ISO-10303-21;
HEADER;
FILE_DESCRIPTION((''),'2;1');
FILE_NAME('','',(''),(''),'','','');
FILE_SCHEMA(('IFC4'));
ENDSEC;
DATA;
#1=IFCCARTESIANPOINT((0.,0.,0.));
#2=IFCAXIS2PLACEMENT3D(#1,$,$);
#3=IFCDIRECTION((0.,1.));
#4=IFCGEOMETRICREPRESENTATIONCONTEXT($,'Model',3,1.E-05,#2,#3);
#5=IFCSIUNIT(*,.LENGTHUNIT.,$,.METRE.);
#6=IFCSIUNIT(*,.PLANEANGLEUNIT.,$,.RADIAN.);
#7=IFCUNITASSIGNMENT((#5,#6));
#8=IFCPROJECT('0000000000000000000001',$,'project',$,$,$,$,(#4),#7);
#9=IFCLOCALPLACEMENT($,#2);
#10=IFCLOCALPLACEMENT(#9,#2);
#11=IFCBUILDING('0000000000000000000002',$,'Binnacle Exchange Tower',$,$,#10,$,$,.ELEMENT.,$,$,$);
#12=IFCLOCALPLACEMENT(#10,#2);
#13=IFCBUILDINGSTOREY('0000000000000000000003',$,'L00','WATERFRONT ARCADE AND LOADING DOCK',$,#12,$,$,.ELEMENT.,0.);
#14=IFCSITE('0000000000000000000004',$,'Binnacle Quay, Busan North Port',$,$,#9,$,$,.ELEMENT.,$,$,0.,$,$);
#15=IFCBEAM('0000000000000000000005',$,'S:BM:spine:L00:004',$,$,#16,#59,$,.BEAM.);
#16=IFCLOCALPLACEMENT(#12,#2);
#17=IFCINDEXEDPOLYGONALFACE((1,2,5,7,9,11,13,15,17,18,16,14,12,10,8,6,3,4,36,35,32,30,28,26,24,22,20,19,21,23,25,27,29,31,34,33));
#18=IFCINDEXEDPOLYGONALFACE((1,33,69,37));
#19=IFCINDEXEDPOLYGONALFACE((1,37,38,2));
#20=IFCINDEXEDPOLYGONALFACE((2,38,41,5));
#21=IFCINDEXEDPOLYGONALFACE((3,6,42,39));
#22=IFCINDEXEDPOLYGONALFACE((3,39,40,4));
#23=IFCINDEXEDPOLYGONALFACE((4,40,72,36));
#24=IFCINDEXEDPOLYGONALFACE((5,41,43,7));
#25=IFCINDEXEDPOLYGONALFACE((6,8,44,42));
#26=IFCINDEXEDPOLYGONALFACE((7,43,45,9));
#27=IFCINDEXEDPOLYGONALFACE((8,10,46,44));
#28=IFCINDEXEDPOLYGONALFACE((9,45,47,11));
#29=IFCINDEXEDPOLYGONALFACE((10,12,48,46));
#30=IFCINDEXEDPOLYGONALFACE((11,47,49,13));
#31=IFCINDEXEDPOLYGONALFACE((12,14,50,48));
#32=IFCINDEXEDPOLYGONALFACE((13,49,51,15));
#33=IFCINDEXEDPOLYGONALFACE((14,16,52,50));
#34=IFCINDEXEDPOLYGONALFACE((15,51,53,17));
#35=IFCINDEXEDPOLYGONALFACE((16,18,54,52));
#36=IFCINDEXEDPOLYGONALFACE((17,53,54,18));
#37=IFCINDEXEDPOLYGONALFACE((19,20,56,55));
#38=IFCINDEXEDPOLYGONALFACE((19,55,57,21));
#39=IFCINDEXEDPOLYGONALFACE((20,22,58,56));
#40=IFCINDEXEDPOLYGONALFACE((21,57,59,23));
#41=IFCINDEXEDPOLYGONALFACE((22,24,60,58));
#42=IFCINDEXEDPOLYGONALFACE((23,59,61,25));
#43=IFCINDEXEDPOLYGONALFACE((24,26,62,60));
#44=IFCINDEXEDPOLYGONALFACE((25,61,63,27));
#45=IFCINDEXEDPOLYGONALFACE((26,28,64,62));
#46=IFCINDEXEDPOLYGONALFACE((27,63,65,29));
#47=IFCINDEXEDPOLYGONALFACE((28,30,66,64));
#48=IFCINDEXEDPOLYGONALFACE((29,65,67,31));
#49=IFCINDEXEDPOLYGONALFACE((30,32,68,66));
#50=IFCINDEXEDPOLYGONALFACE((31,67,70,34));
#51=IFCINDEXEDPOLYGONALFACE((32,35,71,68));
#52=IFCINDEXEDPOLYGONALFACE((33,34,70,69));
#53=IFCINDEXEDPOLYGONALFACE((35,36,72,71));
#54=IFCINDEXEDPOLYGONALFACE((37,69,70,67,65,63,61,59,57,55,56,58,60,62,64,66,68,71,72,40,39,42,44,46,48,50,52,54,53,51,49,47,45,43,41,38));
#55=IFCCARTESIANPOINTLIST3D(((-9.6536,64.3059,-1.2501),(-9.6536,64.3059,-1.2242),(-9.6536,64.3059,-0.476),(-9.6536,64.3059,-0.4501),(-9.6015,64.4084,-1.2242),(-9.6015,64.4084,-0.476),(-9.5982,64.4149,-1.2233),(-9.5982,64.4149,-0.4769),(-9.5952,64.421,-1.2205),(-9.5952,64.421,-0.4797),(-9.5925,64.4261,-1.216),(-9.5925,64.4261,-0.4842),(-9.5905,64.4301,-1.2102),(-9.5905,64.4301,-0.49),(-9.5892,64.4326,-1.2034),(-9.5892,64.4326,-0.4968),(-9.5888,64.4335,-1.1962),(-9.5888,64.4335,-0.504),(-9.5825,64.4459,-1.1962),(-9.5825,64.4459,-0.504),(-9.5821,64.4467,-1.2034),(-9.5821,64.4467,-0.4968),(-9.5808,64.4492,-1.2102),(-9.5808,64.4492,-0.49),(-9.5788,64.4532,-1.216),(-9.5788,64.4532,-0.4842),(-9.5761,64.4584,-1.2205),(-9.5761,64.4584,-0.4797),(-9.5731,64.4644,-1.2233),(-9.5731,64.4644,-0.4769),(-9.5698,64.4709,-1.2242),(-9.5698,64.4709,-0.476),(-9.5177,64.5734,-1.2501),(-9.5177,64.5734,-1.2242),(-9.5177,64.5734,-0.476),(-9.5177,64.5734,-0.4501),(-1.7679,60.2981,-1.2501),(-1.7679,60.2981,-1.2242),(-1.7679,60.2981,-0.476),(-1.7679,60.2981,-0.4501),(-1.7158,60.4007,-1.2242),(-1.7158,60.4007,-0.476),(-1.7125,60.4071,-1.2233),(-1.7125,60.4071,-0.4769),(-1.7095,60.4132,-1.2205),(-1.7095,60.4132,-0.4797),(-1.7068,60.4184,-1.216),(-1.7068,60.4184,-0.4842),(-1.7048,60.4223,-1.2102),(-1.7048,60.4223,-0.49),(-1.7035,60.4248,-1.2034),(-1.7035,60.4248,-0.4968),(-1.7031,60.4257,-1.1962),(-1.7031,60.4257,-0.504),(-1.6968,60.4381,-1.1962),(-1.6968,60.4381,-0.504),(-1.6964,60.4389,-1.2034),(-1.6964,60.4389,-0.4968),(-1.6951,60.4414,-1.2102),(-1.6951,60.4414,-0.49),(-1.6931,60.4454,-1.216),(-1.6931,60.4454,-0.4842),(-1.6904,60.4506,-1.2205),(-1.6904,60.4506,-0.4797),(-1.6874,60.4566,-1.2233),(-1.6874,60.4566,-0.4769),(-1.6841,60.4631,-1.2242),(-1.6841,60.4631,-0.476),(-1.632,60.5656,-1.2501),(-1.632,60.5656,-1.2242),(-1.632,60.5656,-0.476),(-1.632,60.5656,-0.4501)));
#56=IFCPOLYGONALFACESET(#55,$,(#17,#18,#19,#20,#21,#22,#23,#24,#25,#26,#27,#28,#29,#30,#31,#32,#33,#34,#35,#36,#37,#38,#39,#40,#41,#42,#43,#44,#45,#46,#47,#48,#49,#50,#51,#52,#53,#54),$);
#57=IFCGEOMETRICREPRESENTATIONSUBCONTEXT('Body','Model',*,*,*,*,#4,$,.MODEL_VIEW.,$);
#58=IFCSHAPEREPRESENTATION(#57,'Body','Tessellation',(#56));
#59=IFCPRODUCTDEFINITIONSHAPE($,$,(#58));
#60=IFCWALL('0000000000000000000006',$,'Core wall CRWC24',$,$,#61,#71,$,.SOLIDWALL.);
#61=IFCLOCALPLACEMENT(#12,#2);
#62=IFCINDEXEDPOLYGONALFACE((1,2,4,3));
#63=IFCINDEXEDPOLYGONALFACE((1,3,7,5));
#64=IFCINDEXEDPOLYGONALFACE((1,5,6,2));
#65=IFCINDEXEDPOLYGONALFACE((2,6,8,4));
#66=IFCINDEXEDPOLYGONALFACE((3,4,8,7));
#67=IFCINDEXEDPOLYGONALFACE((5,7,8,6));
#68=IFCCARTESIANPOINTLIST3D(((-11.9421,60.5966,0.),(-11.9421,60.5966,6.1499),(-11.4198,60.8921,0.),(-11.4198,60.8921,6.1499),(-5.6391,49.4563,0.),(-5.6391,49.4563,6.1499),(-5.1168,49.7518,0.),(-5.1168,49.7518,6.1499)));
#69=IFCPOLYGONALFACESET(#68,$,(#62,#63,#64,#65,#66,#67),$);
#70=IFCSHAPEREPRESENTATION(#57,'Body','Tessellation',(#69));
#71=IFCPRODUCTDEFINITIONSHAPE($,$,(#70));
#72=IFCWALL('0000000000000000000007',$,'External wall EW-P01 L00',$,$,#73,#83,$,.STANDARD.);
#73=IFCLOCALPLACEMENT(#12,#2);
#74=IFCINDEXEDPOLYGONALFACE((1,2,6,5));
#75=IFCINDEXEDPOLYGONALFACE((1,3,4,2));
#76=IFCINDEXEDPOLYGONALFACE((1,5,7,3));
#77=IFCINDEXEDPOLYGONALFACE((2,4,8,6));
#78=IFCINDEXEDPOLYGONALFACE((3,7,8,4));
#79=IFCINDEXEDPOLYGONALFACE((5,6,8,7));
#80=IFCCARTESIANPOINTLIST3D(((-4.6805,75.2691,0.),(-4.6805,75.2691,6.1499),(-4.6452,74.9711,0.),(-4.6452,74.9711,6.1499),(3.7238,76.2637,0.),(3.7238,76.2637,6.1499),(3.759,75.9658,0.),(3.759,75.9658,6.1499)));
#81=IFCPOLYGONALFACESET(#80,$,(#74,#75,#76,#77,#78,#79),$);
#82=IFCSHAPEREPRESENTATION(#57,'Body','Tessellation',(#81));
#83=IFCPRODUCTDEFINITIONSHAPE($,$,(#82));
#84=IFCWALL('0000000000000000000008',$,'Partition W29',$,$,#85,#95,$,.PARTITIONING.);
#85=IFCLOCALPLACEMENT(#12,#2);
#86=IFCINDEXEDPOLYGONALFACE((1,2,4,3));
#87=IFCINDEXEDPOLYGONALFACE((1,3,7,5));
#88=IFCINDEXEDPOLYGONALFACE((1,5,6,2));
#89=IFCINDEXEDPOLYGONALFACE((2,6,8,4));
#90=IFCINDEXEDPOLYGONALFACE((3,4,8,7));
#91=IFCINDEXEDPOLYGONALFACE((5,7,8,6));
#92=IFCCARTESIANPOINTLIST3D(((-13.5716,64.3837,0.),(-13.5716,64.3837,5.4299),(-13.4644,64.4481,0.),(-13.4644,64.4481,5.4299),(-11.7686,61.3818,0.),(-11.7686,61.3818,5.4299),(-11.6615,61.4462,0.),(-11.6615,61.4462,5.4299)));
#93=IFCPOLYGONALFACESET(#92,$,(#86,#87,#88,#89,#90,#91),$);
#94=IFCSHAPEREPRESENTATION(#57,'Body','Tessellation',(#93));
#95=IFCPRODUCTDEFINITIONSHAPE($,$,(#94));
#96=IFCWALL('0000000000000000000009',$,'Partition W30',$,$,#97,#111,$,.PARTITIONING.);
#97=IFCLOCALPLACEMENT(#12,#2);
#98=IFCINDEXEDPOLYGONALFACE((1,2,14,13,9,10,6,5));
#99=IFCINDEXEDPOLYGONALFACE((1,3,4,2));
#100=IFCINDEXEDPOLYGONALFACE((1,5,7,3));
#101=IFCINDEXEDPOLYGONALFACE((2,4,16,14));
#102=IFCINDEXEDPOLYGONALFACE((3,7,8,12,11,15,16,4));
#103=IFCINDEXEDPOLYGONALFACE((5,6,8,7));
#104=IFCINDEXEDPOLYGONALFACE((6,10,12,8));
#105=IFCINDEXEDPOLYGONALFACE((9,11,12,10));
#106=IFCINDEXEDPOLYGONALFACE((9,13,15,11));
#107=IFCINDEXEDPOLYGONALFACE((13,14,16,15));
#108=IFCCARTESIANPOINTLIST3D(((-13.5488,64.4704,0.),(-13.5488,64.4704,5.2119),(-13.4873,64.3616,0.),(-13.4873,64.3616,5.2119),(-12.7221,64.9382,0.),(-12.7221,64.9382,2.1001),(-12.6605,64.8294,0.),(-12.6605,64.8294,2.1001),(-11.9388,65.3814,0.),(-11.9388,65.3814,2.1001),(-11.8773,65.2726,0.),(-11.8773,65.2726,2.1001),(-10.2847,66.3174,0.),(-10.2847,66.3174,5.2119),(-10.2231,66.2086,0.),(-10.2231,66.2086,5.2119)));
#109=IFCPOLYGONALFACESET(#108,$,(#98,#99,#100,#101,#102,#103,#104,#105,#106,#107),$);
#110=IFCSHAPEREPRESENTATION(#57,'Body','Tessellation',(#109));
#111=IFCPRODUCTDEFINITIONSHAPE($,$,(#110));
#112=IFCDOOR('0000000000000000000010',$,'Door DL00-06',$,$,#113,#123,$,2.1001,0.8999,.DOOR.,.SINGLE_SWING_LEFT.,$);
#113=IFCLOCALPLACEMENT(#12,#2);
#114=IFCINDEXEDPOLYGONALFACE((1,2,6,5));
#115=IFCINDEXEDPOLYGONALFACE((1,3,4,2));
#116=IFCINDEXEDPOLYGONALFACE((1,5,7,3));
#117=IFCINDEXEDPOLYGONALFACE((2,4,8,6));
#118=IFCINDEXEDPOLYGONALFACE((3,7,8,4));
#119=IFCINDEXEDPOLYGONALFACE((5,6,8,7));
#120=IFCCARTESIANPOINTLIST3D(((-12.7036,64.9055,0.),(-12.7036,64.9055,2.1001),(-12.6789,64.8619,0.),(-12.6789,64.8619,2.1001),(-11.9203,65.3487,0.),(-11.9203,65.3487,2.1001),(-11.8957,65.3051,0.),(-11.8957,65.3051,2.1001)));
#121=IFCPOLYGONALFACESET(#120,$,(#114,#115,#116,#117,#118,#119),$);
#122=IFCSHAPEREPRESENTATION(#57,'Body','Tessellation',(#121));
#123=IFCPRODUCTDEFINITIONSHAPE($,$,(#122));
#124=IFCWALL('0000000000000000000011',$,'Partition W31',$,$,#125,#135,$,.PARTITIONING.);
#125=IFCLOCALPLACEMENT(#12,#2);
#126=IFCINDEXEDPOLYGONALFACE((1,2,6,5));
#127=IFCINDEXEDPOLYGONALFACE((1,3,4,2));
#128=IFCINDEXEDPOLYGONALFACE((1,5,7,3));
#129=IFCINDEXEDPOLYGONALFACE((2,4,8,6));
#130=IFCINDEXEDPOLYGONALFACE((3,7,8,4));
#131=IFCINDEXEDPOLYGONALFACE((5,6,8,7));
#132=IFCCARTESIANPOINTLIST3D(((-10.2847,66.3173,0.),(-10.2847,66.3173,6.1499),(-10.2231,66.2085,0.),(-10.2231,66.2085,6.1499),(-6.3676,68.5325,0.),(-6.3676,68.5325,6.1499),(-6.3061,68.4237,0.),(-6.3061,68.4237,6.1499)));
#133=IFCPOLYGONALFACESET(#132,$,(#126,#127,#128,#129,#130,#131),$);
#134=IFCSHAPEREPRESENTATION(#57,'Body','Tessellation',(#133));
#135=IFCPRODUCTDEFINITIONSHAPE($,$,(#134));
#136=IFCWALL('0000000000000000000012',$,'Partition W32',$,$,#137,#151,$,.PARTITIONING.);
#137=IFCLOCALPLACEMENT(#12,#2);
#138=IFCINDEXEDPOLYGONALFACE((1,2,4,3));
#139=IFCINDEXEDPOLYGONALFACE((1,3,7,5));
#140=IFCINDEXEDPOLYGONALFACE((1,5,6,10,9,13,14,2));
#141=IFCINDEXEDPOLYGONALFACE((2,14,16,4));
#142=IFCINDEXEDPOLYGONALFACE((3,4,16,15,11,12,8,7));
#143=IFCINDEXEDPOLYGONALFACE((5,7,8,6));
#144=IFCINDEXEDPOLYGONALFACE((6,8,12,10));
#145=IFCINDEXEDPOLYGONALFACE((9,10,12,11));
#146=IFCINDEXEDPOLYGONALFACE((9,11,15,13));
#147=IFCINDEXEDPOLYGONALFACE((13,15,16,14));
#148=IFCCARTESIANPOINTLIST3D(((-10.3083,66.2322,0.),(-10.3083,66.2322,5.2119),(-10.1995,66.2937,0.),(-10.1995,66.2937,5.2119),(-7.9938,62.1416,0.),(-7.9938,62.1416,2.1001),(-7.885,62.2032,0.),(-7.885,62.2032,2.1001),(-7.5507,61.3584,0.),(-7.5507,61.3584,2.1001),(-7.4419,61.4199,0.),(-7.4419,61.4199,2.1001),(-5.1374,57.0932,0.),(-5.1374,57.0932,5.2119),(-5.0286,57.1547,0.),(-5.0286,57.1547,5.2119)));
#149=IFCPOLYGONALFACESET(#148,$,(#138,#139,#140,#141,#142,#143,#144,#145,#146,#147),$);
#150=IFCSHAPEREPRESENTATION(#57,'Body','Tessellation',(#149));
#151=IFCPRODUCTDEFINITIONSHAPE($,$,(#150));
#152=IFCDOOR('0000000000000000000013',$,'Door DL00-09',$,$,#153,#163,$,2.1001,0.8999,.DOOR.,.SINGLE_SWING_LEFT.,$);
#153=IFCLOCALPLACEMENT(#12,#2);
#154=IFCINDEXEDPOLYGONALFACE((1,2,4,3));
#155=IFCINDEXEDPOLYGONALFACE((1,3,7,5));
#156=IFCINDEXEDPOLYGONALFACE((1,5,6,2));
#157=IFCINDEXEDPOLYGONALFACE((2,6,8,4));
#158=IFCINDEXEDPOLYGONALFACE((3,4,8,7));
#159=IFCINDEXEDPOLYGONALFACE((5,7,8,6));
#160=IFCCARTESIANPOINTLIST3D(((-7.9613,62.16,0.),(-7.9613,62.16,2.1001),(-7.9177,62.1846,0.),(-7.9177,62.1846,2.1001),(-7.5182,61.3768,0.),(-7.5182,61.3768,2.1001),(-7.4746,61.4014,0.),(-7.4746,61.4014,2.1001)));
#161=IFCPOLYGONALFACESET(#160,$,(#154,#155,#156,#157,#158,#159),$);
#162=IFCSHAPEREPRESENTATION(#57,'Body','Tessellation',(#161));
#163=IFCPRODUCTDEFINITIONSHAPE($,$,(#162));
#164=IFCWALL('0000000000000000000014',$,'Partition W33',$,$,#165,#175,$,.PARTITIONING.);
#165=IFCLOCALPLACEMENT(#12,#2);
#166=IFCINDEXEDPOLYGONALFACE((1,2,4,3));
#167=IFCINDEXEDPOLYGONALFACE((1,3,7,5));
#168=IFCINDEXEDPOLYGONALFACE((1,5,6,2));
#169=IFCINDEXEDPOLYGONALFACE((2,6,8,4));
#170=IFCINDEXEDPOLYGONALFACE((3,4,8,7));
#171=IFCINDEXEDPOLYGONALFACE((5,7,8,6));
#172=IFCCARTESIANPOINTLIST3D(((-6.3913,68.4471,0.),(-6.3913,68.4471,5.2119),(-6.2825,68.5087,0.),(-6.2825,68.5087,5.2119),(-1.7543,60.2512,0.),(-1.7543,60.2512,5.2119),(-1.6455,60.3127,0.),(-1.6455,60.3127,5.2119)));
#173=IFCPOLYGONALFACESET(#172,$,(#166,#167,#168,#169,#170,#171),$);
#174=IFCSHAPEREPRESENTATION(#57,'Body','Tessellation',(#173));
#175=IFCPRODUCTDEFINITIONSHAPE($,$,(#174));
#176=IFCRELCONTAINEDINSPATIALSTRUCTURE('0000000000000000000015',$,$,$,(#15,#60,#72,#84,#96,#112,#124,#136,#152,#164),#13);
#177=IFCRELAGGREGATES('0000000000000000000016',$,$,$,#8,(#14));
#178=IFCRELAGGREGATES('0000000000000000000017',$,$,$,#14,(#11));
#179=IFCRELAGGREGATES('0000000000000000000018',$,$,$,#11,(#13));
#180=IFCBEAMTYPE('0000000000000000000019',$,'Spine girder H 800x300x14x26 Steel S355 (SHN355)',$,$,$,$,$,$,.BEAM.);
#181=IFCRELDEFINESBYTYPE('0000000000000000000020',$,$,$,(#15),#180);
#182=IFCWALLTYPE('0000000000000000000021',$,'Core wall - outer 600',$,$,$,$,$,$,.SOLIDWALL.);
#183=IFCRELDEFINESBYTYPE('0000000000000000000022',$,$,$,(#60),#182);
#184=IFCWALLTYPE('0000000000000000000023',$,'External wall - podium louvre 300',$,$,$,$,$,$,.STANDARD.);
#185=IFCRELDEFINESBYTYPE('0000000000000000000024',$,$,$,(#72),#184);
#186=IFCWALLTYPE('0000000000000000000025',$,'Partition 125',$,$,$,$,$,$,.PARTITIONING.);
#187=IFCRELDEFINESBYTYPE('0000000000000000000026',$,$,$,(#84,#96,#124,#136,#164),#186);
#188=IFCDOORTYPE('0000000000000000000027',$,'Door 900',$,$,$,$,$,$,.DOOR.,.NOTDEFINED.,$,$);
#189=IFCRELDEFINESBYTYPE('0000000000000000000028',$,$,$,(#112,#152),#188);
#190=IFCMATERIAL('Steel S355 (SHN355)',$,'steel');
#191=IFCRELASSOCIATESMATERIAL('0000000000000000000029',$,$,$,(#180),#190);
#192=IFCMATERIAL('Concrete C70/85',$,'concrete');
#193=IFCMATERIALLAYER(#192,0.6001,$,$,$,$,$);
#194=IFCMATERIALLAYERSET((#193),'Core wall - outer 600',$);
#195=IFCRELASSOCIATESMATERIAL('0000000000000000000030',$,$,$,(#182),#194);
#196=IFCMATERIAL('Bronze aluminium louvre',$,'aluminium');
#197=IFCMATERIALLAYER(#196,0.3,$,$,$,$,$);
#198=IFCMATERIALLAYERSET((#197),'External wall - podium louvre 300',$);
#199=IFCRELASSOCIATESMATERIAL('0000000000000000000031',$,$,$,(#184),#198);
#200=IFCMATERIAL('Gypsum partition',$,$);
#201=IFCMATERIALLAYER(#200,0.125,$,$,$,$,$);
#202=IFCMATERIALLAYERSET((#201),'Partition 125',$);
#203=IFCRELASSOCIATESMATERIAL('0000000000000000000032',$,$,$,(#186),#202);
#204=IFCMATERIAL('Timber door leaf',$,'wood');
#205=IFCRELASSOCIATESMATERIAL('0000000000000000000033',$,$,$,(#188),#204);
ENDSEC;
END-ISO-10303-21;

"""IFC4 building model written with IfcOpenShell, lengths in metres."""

from ifc_helpers import new_model, si_unit, direction, frame, frame_2d, origin, origin_2d, place, context, subcontext, project, spatial, rectangle, i_section, extrude, material, layer, layer_set, material_profile, profile_set, type_object, element, fill, save


model = new_model("IFC4")

# Units and contexts
model_context = context("Model", 3, precision=1e-05, world=origin(), true_north=direction((0.0, 1.0)))
body_context = subcontext(model_context, "Body", "Model", "MODEL_VIEW")
ifc_project = project(units=[si_unit("LENGTHUNIT", "METRE"), si_unit("PLANEANGLEUNIT", "RADIAN")], contexts=[model_context])

# Site, building, storey
site_placement = place(None, origin())
site = spatial("IfcSite", under=ifc_project, at=site_placement, Name="Binnacle Quay, Busan North Port", CompositionType="ELEMENT", RefElevation=0.0)
building_placement = place(site_placement, origin())
building = spatial("IfcBuilding", under=site, at=building_placement, Name="Binnacle Exchange Tower", CompositionType="ELEMENT")
storey_placement = place(building_placement, origin())
storey = spatial("IfcBuildingStorey", under=building, at=storey_placement, Name="L00", Description="WATERFRONT ARCADE AND LOADING DOCK", CompositionType="ELEMENT", Elevation=0.0)

# Shared definitions
ifc_material_1 = material(Name="Concrete C70/85", Category="concrete")

# Beam
ifc_material_2 = material(Name="Steel S355 (SHN355)", Category="steel")
ifc_material_profile_1 = material_profile(ifc_material_2, i_section(OverallWidth=0.3, OverallDepth=0.8, WebThickness=0.0139, FlangeThickness=0.0259, FilletRadius=0.0281, at=origin_2d()), Name="H 800x300x14x26")
ifc_profile_set_1 = profile_set([ifc_material_profile_1], Name="Steel S355 (SHN355)")
beam_type_1 = type_object("IfcBeamType", Name="Spine girder H 800x300x14x26 Steel S355 (SHN355)", PredefinedType="BEAM", material=ifc_profile_set_1)
beam_1_placement = place(storey_placement, frame((-1.7, 60.4319, -0.8501), z_axis=(-0.891471, 0.453077, 0.0), x_axis=(-0.453077, -0.891471, 0.0)))
element("IfcBeam", 1, at=beam_1_placement, inside=storey, type_object=beam_type_1, Name="S:BM:spine:L00:004", PredefinedType="BEAM", context=body_context, shape_type="SweptSolid", body=[
    extrude(i_section(OverallWidth=0.3, OverallDepth=0.8, WebThickness=0.0139, FlangeThickness=0.0259, FilletRadius=0.0281, at=origin_2d()), origin(), (0.0, 0.0, 1.0), 8.8457),
])

# Walls
ifc_layer_1 = layer(ifc_material_1, 0.6001)
ifc_layer_set_1 = layer_set([ifc_layer_1], Name="Core wall - outer 600")
wall_type_1 = type_object("IfcWallType", Name="Core wall - outer 600", PredefinedType="SOLIDWALL", material=ifc_layer_set_1)
wall_1_placement = place(storey_placement, frame((-11.6809, 60.7444, 0.0), z_axis=(0.0, 0.0, 1.0), x_axis=(0.492427, -0.870354, 0.0)))
element("IfcWall", 2, at=wall_1_placement, inside=storey, type_object=wall_type_1, Name="Core wall CRWC24", PredefinedType="SOLIDWALL", context=body_context, shape_type="SweptSolid", body=[
    extrude(rectangle(XDim=12.7998, YDim=0.6001, at=frame_2d((6.3999, 0.0))), origin(), (0.0, 0.0, 1.0), 6.1499),
])
ifc_material_3 = material(Name="Bronze aluminium louvre", Category="aluminium")
ifc_layer_2 = layer(ifc_material_3, 0.3)
ifc_layer_set_2 = layer_set([ifc_layer_2], Name="External wall - podium louvre 300")
wall_type_2 = type_object("IfcWallType", Name="External wall - podium louvre 300", PredefinedType="STANDARD", material=ifc_layer_set_2)
wall_2_placement = place(storey_placement, frame((-4.6628, 75.1201, 0.0), z_axis=(0.0, 0.0, 1.0), x_axis=(0.99307, 0.117527, 0.0)))
element("IfcWall", 3, at=wall_2_placement, inside=storey, type_object=wall_type_2, Name="External wall EW-P01 L00", PredefinedType="STANDARD", context=body_context, shape_type="SweptSolid", body=[
    extrude(rectangle(XDim=8.4629, YDim=0.3, at=frame_2d((4.2314, 0.0))), origin(), (0.0, 0.0, 1.0), 6.1499),
])
ifc_material_4 = material(Name="Gypsum partition")
ifc_layer_3 = layer(ifc_material_4, 0.125)
ifc_layer_set_3 = layer_set([ifc_layer_3], Name="Partition 125")
wall_type_3 = type_object("IfcWallType", Name="Partition 125", PredefinedType="PARTITIONING", material=ifc_layer_set_3)
wall_3_placement = place(storey_placement, frame((-13.5181, 64.416, 0.0), z_axis=(0.0, 0.0, 1.0), x_axis=(0.514875, -0.857265, 0.0)))
element("IfcWall", 4, at=wall_3_placement, inside=storey, type_object=wall_type_3, Name="Partition W29", PredefinedType="PARTITIONING", context=body_context, shape_type="SweptSolid", body=[
    extrude(rectangle(XDim=3.5017, YDim=0.125, at=frame_2d((1.751, 0.0))), origin(), (0.0, 0.0, 1.0), 5.4299),
])

# Wall, opening, door
wall_4_placement = place(storey_placement, frame((-13.5181, 64.416, 0.0), z_axis=(0.0, 0.0, 1.0), x_axis=(0.870338, 0.492454, 0.0)))
wall_4 = element("IfcWall", 5, at=wall_4_placement, inside=storey, type_object=wall_type_3, Name="Partition W30", PredefinedType="PARTITIONING", context=body_context, shape_type="SweptSolid", body=[
    extrude(rectangle(XDim=3.7505, YDim=0.125, at=frame_2d((1.8752, 0.0))), origin(), (0.0, 0.0, 1.0), 5.2119),
])
opening_1_placement = place(wall_4_placement, frame((0.95, 0.0, 0.0)))
opening_1 = element("IfcOpeningElement", 6, at=opening_1_placement, cuts=wall_4, PredefinedType="OPENING", context=body_context, shape_type="SweptSolid", body=[
    extrude(rectangle(XDim=0.8999, YDim=2.1001, at=frame_2d((0.45, 1.05))), frame((0.0, 0.0725, 0.0), z_axis=(0.0, -1.0, 0.0), x_axis=(1.0, 0.0, 0.0)), (0.0, 0.0, 1.0), 0.145),
])
ifc_material_5 = material(Name="Timber door leaf", Category="wood")
door_type = type_object("IfcDoorType", Name="Door 900", OperationType="NOTDEFINED", PredefinedType="DOOR", material=ifc_material_5)
door_1_placement = place(opening_1_placement, origin())
door_1 = element("IfcDoor", 7, at=door_1_placement, inside=storey, type_object=door_type, Name="Door DL00-06", OperationType="SINGLE_SWING_LEFT", OverallHeight=2.1001, OverallWidth=0.8999, PredefinedType="DOOR", context=body_context, shape_type="SweptSolid", body=[
    extrude(rectangle(XDim=0.8999, YDim=2.1001, at=frame_2d((0.45, 1.05))), frame((0.0, 0.0249, 0.0), z_axis=(0.0, -1.0, 0.0), x_axis=(1.0, 0.0, 0.0)), (0.0, 0.0, 1.0), 0.05),
])
fill(opening_1, door_1)

# Wall
wall_5_placement = place(storey_placement, frame((-10.2539, 66.2629, 0.0), z_axis=(0.0, 0.0, 1.0), x_axis=(0.870455, 0.492249, 0.0)))
element("IfcWall", 8, at=wall_5_placement, inside=storey, type_object=wall_type_3, Name="Partition W31", PredefinedType="PARTITIONING", context=body_context, shape_type="SweptSolid", body=[
    extrude(rectangle(XDim=4.5, YDim=0.125, at=frame_2d((2.25, 0.0))), origin(), (0.0, 0.0, 1.0), 6.1499),
])

# Wall, opening, door
wall_6_placement = place(storey_placement, frame((-10.2539, 66.2629, 0.0), z_axis=(0.0, 0.0, 1.0), x_axis=(0.492449, -0.870341, 0.0)))
wall_6 = element("IfcWall", 9, at=wall_6_placement, inside=storey, type_object=wall_type_3, Name="Partition W32", PredefinedType="PARTITIONING", context=body_context, shape_type="SweptSolid", body=[
    extrude(rectangle(XDim=10.5005, YDim=0.125, at=frame_2d((5.2502, 0.0))), origin(), (0.0, 0.0, 1.0), 5.2119),
])
opening_2_placement = place(wall_6_placement, frame((4.7, 0.0, 0.0)))
opening_2 = element("IfcOpeningElement", 10, at=opening_2_placement, cuts=wall_6, PredefinedType="OPENING", context=body_context, shape_type="SweptSolid", body=[
    extrude(rectangle(XDim=0.8999, YDim=2.1001, at=frame_2d((0.45, 1.05))), frame((0.0, 0.0725, 0.0), z_axis=(0.0, -1.0, 0.0), x_axis=(1.0, 0.0, 0.0)), (0.0, 0.0, 1.0), 0.145),
])
door_2_placement = place(opening_2_placement, origin())
door_2 = element("IfcDoor", 11, at=door_2_placement, inside=storey, type_object=door_type, Name="Door DL00-09", OperationType="SINGLE_SWING_LEFT", OverallHeight=2.1001, OverallWidth=0.8999, PredefinedType="DOOR", context=body_context, shape_type="SweptSolid", body=[
    extrude(rectangle(XDim=0.8999, YDim=2.1001, at=frame_2d((0.45, 1.05))), frame((0.0, 0.0249, 0.0), z_axis=(0.0, -1.0, 0.0), x_axis=(1.0, 0.0, 0.0)), (0.0, 0.0, 1.0), 0.05),
])
fill(opening_2, door_2)

# Wall
wall_7_placement = place(storey_placement, frame((-6.3369, 68.478, 0.0), z_axis=(0.0, 0.0, 1.0), x_axis=(0.492413, -0.870362, 0.0)))
element("IfcWall", 12, at=wall_7_placement, inside=storey, type_object=wall_type_3, Name="Partition W33", PredefinedType="PARTITIONING", context=body_context, shape_type="SweptSolid", body=[
    extrude(rectangle(XDim=9.4167, YDim=0.125, at=frame_2d((4.7085, 0.0))), origin(), (0.0, 0.0, 1.0), 5.2119),
])

save(model, "model.ifc")
